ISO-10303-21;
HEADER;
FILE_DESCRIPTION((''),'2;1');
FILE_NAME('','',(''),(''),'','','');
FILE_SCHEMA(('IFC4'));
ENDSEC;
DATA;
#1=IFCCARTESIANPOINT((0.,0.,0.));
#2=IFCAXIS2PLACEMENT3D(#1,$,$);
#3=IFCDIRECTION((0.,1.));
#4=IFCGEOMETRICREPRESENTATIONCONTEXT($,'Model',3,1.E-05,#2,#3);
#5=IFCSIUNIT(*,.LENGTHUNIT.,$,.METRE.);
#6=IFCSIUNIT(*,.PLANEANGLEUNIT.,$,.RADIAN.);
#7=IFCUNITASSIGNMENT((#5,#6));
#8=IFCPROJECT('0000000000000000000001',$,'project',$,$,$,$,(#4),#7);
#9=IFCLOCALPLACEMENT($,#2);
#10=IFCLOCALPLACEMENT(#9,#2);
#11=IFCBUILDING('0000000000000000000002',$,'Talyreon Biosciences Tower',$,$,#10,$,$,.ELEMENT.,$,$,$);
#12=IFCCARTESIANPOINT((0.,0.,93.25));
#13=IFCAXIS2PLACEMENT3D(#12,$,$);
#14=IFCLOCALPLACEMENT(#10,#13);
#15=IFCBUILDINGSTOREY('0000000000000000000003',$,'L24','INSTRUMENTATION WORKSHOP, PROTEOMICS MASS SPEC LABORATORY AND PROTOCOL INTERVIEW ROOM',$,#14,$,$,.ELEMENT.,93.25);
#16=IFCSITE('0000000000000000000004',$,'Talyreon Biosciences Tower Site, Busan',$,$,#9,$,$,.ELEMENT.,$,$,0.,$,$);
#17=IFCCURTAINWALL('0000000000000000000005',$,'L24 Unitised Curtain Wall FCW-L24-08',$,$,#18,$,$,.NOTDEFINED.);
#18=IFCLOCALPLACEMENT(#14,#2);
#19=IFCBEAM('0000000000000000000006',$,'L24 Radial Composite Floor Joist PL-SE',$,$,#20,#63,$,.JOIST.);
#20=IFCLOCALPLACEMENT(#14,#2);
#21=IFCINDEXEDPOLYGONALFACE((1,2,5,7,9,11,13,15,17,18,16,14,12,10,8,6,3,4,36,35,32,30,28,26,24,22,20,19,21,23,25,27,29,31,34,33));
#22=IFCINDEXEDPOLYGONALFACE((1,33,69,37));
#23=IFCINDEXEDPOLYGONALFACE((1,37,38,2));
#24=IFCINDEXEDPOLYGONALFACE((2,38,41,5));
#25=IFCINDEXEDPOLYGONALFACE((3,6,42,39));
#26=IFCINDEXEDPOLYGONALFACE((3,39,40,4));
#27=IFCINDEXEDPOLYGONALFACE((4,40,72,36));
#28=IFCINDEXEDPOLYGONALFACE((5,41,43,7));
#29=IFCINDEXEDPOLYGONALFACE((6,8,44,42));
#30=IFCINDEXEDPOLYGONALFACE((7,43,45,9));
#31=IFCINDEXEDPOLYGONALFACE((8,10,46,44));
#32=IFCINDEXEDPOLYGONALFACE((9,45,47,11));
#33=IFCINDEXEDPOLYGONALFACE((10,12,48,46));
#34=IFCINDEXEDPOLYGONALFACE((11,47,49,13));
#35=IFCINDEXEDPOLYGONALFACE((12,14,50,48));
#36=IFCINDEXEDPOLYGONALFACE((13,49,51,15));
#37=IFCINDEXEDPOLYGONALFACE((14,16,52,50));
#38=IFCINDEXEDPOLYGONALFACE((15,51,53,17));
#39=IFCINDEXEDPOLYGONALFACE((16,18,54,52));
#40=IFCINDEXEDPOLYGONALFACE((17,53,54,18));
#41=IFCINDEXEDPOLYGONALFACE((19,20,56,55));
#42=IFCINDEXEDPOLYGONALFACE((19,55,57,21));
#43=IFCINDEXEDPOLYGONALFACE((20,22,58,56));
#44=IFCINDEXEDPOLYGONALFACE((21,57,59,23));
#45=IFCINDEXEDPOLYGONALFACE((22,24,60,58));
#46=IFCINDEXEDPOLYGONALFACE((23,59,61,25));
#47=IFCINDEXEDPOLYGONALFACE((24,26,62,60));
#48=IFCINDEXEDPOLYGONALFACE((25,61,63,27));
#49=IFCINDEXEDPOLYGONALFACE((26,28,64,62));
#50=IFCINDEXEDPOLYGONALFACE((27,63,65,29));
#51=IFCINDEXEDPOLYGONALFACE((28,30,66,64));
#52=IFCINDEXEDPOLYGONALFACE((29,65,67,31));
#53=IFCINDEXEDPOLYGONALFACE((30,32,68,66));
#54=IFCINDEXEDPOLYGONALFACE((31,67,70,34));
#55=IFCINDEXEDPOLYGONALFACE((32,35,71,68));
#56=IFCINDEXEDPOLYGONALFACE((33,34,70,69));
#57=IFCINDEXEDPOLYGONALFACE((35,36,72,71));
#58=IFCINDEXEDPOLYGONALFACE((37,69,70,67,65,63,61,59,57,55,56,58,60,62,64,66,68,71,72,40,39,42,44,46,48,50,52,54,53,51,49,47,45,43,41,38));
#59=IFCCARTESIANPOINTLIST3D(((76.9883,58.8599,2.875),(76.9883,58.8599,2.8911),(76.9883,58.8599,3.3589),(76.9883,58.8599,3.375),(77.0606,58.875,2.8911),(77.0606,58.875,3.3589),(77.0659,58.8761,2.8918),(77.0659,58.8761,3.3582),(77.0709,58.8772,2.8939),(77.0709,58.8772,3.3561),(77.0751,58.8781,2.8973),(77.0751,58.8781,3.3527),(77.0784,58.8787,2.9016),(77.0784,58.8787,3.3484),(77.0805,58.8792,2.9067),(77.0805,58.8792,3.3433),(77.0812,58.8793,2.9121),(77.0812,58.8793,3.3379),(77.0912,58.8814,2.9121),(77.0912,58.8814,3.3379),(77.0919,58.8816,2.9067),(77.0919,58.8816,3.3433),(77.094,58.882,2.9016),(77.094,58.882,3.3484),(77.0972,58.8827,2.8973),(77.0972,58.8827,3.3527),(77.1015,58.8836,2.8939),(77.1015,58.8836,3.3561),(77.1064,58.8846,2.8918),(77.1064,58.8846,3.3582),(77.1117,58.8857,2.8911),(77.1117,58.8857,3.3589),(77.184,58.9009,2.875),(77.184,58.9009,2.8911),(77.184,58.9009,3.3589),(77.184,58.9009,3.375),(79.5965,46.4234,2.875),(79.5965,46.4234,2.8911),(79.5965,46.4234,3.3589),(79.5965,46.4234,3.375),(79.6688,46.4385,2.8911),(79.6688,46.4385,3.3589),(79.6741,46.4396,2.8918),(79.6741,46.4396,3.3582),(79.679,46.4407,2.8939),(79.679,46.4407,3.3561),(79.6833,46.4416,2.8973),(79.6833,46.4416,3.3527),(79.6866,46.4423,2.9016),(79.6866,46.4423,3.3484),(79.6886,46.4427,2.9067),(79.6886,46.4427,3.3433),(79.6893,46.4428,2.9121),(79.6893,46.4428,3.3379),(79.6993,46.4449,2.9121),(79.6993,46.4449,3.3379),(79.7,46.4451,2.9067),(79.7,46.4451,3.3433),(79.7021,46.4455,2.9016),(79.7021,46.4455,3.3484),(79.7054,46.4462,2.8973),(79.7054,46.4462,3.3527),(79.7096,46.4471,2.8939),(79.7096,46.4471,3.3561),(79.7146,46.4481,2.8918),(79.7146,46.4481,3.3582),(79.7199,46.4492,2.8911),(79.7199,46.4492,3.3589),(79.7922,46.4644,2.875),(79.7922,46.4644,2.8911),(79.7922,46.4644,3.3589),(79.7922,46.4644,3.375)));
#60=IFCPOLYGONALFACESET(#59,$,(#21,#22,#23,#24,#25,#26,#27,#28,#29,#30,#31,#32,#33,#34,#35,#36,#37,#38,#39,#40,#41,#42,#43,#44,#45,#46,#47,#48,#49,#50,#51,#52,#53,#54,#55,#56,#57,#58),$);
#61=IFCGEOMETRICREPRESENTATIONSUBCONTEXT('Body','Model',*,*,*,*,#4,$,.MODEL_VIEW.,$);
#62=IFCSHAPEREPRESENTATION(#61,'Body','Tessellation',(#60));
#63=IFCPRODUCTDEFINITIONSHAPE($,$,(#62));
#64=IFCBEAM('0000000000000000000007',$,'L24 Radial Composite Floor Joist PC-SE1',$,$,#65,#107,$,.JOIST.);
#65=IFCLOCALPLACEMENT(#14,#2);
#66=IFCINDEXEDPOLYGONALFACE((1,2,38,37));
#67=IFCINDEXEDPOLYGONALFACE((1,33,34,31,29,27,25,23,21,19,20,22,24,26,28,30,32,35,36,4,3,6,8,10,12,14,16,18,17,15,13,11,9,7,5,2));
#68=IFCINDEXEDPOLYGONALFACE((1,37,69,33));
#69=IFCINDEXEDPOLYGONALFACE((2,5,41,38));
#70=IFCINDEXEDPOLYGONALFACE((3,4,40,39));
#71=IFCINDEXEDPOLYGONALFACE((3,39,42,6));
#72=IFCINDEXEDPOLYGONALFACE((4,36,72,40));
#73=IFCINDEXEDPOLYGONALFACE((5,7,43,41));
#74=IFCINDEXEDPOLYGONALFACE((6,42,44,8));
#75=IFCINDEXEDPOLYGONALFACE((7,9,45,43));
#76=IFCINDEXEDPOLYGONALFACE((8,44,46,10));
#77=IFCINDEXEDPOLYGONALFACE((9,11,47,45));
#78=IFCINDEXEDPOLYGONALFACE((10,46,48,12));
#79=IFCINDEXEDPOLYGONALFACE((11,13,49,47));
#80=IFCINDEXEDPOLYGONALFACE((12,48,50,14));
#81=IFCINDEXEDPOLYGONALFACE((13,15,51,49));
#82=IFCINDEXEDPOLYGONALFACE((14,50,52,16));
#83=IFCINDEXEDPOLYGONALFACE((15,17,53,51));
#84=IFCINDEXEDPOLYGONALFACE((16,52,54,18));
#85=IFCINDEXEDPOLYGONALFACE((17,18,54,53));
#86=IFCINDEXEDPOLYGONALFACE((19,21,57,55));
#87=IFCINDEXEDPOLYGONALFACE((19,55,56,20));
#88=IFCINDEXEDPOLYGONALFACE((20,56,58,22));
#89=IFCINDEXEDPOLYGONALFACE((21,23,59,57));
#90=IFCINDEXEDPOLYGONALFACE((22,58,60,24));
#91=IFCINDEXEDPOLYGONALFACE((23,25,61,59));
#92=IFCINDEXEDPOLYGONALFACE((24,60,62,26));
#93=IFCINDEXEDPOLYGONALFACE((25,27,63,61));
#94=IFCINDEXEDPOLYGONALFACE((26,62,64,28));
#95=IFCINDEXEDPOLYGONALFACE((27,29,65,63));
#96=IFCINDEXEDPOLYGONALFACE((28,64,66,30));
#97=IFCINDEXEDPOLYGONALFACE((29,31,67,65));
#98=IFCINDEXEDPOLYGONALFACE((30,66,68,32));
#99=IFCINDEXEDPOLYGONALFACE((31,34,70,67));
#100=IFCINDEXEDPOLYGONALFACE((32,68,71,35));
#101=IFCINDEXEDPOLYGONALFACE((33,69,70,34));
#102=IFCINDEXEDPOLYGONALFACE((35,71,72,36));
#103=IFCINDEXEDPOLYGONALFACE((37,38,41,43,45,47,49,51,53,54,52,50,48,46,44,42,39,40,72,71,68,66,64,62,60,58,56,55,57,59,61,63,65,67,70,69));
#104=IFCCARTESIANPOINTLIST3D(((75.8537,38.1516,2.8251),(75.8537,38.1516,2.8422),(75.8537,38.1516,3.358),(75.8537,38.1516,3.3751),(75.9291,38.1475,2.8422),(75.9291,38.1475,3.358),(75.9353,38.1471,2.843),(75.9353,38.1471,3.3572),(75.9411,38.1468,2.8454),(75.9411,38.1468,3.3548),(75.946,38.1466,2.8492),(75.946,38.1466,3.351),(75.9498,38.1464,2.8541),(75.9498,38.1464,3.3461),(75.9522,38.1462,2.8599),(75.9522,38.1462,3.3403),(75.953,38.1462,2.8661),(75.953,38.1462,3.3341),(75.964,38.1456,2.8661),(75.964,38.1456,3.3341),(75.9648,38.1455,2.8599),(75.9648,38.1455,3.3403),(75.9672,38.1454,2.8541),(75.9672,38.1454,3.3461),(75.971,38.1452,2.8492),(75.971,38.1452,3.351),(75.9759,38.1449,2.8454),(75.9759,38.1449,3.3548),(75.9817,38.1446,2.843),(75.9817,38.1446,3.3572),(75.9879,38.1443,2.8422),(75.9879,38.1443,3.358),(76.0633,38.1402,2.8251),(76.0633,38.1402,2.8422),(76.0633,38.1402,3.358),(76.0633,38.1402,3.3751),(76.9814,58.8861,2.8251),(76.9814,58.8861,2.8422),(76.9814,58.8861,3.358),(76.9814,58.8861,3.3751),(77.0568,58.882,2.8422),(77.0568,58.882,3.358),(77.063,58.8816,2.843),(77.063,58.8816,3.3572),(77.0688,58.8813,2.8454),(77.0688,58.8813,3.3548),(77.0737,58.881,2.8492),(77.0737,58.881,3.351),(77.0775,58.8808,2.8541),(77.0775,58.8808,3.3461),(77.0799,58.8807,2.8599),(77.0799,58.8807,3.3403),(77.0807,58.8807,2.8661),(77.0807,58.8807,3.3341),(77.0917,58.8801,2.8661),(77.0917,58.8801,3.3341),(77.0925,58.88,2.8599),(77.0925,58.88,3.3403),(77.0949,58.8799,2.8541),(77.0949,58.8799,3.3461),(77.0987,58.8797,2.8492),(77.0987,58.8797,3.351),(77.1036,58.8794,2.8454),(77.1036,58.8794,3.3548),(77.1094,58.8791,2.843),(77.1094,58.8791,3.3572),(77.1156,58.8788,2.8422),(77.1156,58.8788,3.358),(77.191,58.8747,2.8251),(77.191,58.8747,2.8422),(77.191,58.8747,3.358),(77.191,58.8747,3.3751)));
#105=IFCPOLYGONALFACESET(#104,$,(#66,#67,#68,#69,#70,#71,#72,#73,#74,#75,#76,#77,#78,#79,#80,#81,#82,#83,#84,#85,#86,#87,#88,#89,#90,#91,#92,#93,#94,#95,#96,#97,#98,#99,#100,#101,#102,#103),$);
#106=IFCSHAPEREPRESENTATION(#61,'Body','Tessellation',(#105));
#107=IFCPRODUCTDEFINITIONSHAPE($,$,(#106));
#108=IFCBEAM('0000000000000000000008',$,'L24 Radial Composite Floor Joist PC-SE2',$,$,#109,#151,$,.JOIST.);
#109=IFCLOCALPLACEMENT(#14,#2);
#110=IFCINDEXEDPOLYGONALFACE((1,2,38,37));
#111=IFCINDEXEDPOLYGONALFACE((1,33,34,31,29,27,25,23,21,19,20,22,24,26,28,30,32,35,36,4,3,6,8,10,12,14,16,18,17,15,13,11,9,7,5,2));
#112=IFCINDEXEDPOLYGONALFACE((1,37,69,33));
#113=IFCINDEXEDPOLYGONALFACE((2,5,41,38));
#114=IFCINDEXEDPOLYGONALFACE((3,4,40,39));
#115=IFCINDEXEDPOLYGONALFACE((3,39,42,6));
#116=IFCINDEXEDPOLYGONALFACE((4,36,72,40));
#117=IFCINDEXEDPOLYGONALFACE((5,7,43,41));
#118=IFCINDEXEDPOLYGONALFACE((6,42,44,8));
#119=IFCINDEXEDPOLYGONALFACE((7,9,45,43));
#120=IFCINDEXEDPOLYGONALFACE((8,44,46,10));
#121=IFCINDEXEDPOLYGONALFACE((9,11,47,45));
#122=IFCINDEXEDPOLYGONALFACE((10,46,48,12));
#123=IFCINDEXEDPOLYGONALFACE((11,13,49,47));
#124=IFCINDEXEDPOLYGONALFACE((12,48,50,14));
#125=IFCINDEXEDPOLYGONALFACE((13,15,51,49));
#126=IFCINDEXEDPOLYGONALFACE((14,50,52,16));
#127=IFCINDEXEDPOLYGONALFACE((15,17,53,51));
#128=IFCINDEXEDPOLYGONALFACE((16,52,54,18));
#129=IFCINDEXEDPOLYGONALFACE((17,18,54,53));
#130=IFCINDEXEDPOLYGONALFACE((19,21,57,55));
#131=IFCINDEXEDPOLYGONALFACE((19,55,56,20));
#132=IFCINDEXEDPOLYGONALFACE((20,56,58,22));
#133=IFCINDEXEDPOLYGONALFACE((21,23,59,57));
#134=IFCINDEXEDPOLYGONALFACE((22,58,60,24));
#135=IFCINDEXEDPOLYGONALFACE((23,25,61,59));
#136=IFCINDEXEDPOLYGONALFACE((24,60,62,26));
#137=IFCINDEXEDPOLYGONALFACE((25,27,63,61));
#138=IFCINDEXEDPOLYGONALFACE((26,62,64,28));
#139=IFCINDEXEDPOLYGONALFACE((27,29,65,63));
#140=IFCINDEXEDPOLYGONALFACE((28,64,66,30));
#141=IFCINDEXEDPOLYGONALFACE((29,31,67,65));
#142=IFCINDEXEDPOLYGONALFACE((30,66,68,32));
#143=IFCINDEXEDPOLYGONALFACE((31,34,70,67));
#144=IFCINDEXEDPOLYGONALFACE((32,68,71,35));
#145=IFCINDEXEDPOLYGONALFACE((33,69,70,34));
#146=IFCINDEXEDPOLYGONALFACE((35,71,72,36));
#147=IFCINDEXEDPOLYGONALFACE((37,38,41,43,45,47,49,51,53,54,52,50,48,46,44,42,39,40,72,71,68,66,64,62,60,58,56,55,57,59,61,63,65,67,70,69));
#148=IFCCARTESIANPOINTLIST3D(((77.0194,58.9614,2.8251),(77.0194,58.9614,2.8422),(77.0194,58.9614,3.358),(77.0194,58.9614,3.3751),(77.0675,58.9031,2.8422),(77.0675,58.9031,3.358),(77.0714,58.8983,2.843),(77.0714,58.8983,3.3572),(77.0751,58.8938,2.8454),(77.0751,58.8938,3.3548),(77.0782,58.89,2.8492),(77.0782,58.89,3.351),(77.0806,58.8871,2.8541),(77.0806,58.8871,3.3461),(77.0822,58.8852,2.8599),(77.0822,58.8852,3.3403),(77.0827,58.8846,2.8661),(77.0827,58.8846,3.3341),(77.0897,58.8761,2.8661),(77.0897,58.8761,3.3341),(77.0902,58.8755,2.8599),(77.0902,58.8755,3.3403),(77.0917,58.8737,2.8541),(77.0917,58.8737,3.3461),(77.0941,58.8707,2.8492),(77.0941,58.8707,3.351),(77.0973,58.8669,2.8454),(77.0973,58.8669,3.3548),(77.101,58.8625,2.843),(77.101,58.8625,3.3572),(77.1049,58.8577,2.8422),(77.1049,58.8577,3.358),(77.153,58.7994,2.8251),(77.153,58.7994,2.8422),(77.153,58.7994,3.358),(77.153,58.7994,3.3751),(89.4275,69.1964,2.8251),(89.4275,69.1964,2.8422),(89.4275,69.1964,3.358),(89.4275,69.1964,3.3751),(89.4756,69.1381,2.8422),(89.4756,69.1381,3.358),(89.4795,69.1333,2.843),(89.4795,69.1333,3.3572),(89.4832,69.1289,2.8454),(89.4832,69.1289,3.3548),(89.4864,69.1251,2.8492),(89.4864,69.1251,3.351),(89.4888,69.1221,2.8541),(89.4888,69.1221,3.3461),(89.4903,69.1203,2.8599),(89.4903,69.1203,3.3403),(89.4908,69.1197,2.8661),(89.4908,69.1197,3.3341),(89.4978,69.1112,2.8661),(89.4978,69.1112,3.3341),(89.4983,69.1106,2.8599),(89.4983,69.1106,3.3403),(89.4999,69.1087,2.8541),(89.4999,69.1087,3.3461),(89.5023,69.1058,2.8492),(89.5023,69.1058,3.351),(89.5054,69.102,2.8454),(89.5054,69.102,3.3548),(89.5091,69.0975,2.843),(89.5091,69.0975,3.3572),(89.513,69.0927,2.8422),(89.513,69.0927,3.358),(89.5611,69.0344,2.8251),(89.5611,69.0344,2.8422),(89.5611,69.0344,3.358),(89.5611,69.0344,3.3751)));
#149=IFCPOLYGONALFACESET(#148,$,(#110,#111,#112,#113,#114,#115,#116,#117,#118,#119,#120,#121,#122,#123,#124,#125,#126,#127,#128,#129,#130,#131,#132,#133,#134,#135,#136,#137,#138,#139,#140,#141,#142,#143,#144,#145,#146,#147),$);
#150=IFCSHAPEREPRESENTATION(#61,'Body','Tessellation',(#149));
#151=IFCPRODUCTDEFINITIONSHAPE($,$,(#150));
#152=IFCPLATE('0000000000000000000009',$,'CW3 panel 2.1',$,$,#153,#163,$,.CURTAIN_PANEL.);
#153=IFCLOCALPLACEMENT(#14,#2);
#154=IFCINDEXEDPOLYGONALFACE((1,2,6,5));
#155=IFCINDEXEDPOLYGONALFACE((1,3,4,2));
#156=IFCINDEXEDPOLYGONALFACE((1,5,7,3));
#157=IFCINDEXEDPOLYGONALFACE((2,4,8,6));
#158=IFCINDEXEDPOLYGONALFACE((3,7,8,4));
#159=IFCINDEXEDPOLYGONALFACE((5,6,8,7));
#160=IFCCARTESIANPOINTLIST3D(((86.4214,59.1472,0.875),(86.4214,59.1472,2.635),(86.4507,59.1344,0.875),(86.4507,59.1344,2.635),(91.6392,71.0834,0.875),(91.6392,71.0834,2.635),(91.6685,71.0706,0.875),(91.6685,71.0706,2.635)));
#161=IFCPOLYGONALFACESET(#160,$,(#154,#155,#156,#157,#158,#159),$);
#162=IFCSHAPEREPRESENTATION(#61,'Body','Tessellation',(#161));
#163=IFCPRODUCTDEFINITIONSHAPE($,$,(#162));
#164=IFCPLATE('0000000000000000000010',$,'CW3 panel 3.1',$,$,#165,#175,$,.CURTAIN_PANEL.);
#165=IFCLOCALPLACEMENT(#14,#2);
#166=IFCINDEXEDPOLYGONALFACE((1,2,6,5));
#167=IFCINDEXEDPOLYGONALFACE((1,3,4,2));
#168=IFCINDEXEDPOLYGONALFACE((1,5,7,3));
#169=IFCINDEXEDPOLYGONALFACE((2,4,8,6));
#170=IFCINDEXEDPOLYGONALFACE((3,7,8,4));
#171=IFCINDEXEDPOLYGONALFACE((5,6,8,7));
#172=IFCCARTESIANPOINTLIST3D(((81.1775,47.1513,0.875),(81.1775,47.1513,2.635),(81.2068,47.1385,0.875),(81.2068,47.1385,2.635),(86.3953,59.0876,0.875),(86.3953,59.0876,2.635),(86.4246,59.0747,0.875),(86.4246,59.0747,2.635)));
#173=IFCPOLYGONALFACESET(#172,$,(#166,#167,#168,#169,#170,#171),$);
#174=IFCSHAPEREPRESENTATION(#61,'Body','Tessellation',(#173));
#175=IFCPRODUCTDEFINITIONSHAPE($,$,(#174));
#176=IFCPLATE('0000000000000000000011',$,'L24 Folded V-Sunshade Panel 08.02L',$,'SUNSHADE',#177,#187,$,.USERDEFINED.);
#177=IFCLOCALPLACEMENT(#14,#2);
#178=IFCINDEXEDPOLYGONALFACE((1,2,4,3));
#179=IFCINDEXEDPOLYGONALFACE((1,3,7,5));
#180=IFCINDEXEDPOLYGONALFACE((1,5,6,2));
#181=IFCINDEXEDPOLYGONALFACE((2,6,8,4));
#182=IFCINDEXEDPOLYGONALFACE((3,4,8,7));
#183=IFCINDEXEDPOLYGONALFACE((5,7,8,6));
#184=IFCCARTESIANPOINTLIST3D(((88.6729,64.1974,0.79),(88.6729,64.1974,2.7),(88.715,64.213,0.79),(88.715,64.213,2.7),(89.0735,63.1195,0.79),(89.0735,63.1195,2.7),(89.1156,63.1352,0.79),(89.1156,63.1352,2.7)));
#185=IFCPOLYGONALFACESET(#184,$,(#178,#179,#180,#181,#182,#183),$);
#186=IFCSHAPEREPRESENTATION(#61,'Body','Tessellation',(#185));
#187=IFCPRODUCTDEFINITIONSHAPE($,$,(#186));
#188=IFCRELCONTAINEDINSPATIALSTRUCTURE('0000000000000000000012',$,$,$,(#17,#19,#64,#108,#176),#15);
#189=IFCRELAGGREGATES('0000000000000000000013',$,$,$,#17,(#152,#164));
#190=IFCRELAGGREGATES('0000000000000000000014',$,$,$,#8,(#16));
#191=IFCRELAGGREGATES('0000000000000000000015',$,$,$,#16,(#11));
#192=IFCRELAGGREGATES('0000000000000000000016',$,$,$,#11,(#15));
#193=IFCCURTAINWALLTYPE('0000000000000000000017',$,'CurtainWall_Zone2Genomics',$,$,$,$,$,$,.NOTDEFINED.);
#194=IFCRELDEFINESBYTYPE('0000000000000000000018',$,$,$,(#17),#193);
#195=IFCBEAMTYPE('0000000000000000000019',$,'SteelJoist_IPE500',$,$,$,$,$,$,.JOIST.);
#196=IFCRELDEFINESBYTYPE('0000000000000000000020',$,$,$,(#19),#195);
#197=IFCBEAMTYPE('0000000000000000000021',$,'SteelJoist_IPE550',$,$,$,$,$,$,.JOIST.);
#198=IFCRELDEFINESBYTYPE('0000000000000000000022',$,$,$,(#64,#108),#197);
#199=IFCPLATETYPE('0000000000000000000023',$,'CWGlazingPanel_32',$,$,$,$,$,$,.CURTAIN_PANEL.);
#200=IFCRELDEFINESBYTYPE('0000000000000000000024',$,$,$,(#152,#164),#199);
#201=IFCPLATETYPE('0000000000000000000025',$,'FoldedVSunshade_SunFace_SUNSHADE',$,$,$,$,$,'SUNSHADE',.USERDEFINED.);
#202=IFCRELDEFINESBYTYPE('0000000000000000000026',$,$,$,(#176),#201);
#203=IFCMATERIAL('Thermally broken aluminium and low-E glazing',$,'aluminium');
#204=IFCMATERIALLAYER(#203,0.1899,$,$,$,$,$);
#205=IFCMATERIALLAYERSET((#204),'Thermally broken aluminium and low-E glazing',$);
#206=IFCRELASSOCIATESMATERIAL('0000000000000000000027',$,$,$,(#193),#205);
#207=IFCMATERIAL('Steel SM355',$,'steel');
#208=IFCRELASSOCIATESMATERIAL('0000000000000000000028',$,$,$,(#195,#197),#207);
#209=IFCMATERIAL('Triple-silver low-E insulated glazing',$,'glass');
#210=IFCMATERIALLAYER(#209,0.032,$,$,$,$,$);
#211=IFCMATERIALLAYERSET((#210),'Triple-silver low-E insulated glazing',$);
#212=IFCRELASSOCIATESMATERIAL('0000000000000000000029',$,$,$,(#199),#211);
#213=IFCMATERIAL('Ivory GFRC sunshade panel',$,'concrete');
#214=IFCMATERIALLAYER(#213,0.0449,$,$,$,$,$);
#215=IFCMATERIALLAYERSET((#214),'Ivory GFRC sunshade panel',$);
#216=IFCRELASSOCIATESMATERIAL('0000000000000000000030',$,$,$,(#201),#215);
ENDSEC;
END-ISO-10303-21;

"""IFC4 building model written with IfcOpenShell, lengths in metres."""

from ifc_helpers import new_model, si_unit, direction, frame, origin, origin_2d, place, context, subcontext, project, spatial, rectangle, i_section, extrude, material, layer, layer_set, material_profile, profile_set, type_object, element, aggregate, save


model = new_model("IFC4")

# Units and contexts
model_context = context("Model", 3, precision=1e-05, world=origin(), true_north=direction((0.0, 1.0)))
body_context = subcontext(model_context, "Body", "Model", "MODEL_VIEW")
ifc_project = project(units=[si_unit("LENGTHUNIT", "METRE"), si_unit("PLANEANGLEUNIT", "RADIAN")], contexts=[model_context])

# Site, building, storey
site_placement = place(None, origin())
site = spatial("IfcSite", under=ifc_project, at=site_placement, Name="Talyreon Biosciences Tower Site, Busan", CompositionType="ELEMENT", RefElevation=0.0)
building_placement = place(site_placement, origin())
building = spatial("IfcBuilding", under=site, at=building_placement, Name="Talyreon Biosciences Tower", CompositionType="ELEMENT")
storey_placement = place(building_placement, frame((0.0, 0.0, 93.25)))
storey = spatial("IfcBuildingStorey", under=building, at=storey_placement, Name="L24", Description="INSTRUMENTATION WORKSHOP, PROTEOMICS MASS SPEC LABORATORY AND PROTOCOL INTERVIEW ROOM", CompositionType="ELEMENT", Elevation=93.25)

# Curtain wall
ifc_material_1 = material(Name="Thermally broken aluminium and low-E glazing", Category="aluminium")
ifc_layer_1 = layer(ifc_material_1, 0.1899)
ifc_layer_set_1 = layer_set([ifc_layer_1], Name="Thermally broken aluminium and low-E glazing")
curtain_wall_type = type_object("IfcCurtainWallType", Name="CurtainWall_Zone2Genomics", PredefinedType="NOTDEFINED", material=ifc_layer_set_1)
curtain_wall_placement = place(storey_placement, origin())
curtain_wall = element("IfcCurtainWall", 1, at=curtain_wall_placement, inside=storey, type_object=curtain_wall_type, Name="L24 Unitised Curtain Wall FCW-L24-08", PredefinedType="NOTDEFINED")

# Beams
ifc_material_2 = material(Name="Steel SM355", Category="steel")
ifc_material_profile_1 = material_profile(ifc_material_2, i_section(OverallWidth=0.2, OverallDepth=0.5, WebThickness=0.0103, FlangeThickness=0.0161, FilletRadius=0.021, at=origin_2d()), Name="IPE500")
ifc_profile_set_1 = profile_set([ifc_material_profile_1], Name="Steel SM355")
beam_type_1 = type_object("IfcBeamType", Name="SteelJoist_IPE500", PredefinedType="JOIST", material=ifc_profile_set_1)
beam_1_placement = place(storey_placement, frame((77.0862, 58.8804, 3.125), z_axis=(0.205252, -0.978709, 0.0), x_axis=(0.978709, 0.205252, 0.0)))
element("IfcBeam", 2, at=beam_1_placement, inside=storey, type_object=beam_type_1, Name="L24 Radial Composite Floor Joist PL-SE", PredefinedType="JOIST", context=body_context, shape_type="SweptSolid", body=[
    extrude(i_section(OverallWidth=0.2, OverallDepth=0.5, WebThickness=0.0103, FlangeThickness=0.0161, FilletRadius=0.021, at=origin_2d()), origin(), (0.0, 0.0, 1.0), 12.707),
])
ifc_material_profile_2 = material_profile(ifc_material_2, i_section(OverallWidth=0.21, OverallDepth=0.55, WebThickness=0.011, FlangeThickness=0.0171, FilletRadius=0.0239, at=origin_2d()), Name="IPE550")
ifc_profile_set_2 = profile_set([ifc_material_profile_2], Name="Steel SM355")
beam_type_2 = type_object("IfcBeamType", Name="SteelJoist_IPE550", PredefinedType="JOIST", material=ifc_profile_set_2)
beam_2_placement = place(storey_placement, frame((77.0862, 58.8804, 3.1001), z_axis=(-0.054307, -0.998524, 0.0), x_axis=(0.998524, -0.054307, 0.0)))
element("IfcBeam", 3, at=beam_2_placement, inside=storey, type_object=beam_type_2, Name="L24 Radial Composite Floor Joist PC-SE1", PredefinedType="JOIST", context=body_context, shape_type="SweptSolid", body=[
    extrude(i_section(OverallWidth=0.21, OverallDepth=0.55, WebThickness=0.011, FlangeThickness=0.0171, FilletRadius=0.0239, at=origin_2d()), origin(), (0.0, 0.0, 1.0), 20.7651),
])
beam_3_placement = place(storey_placement, frame((77.0862, 58.8804, 3.1001), z_axis=(0.771424, 0.636322, 0.0), x_axis=(-0.636322, 0.771424, 0.0)))
element("IfcBeam", 4, at=beam_3_placement, inside=storey, type_object=beam_type_2, Name="L24 Radial Composite Floor Joist PC-SE2", PredefinedType="JOIST", context=body_context, shape_type="SweptSolid", body=[
    extrude(i_section(OverallWidth=0.21, OverallDepth=0.55, WebThickness=0.011, FlangeThickness=0.0171, FilletRadius=0.0239, at=origin_2d()), origin(), (0.0, 0.0, 1.0), 16.0847),
])

# Plates
ifc_material_3 = material(Name="Triple-silver low-E insulated glazing", Category="glass")
ifc_layer_2 = layer(ifc_material_3, 0.032)
ifc_layer_set_2 = layer_set([ifc_layer_2], Name="Triple-silver low-E insulated glazing")
plate_type_1 = type_object("IfcPlateType", Name="CWGlazingPanel_32", PredefinedType="CURTAIN_PANEL", material=ifc_layer_set_2)
plate_1_placement = place(storey_placement, frame((89.0449, 65.1089, 0.875), z_axis=(0.0, 0.0, 1.0), x_axis=(-0.400542, -0.916278, 0.0)))
plate_1 = element("IfcPlate", 5, at=plate_1_placement, type_object=plate_type_1, Name="CW3 panel 2.1", PredefinedType="CURTAIN_PANEL", context=body_context, shape_type="SweptSolid", body=[
    extrude(rectangle(XDim=13.0269, YDim=0.032, at=origin_2d()), origin(), (0.0, 0.0, 1.0), 1.76),
])
plate_2_placement = place(storey_placement, frame((83.801, 53.113, 0.875), z_axis=(0.0, 0.0, 1.0), x_axis=(-0.400542, -0.916278, 0.0)))
plate_2 = element("IfcPlate", 6, at=plate_2_placement, type_object=plate_type_1, Name="CW3 panel 3.1", PredefinedType="CURTAIN_PANEL", context=body_context, shape_type="SweptSolid", body=[
    extrude(rectangle(XDim=13.0269, YDim=0.032, at=origin_2d()), origin(), (0.0, 0.0, 1.0), 1.76),
])
aggregate(curtain_wall, [plate_1, plate_2])

# Plate
ifc_material_4 = material(Name="Ivory GFRC sunshade panel", Category="concrete")
ifc_layer_3 = layer(ifc_material_4, 0.0449)
ifc_layer_set_3 = layer_set([ifc_layer_3], Name="Ivory GFRC sunshade panel")
plate_type_2 = type_object("IfcPlateType", Name="FoldedVSunshade_SunFace_SUNSHADE", ElementType="SUNSHADE", PredefinedType="USERDEFINED", material=ifc_layer_set_3)
for number, where, z_axis, x_axis, name in (
    (7, (88.8943, 63.6663, 0.79), (0.0, 0.0, 1.0), (0.348376, -0.937355, 0.0), "L24 Folded V-Sunshade Panel 08.02L"),
):
    element("IfcPlate", number, at=place(storey_placement, frame(where, z_axis=z_axis, x_axis=x_axis)), inside=storey, type_object=plate_type_2, Name=name, ObjectType="SUNSHADE", PredefinedType="USERDEFINED", context=body_context, shape_type="SweptSolid", body=[
        extrude(rectangle(XDim=1.1499, YDim=0.0449, at=origin_2d()), origin(), (0.0, 0.0, 1.0), 1.9099),
    ])

save(model, "model.ifc")
